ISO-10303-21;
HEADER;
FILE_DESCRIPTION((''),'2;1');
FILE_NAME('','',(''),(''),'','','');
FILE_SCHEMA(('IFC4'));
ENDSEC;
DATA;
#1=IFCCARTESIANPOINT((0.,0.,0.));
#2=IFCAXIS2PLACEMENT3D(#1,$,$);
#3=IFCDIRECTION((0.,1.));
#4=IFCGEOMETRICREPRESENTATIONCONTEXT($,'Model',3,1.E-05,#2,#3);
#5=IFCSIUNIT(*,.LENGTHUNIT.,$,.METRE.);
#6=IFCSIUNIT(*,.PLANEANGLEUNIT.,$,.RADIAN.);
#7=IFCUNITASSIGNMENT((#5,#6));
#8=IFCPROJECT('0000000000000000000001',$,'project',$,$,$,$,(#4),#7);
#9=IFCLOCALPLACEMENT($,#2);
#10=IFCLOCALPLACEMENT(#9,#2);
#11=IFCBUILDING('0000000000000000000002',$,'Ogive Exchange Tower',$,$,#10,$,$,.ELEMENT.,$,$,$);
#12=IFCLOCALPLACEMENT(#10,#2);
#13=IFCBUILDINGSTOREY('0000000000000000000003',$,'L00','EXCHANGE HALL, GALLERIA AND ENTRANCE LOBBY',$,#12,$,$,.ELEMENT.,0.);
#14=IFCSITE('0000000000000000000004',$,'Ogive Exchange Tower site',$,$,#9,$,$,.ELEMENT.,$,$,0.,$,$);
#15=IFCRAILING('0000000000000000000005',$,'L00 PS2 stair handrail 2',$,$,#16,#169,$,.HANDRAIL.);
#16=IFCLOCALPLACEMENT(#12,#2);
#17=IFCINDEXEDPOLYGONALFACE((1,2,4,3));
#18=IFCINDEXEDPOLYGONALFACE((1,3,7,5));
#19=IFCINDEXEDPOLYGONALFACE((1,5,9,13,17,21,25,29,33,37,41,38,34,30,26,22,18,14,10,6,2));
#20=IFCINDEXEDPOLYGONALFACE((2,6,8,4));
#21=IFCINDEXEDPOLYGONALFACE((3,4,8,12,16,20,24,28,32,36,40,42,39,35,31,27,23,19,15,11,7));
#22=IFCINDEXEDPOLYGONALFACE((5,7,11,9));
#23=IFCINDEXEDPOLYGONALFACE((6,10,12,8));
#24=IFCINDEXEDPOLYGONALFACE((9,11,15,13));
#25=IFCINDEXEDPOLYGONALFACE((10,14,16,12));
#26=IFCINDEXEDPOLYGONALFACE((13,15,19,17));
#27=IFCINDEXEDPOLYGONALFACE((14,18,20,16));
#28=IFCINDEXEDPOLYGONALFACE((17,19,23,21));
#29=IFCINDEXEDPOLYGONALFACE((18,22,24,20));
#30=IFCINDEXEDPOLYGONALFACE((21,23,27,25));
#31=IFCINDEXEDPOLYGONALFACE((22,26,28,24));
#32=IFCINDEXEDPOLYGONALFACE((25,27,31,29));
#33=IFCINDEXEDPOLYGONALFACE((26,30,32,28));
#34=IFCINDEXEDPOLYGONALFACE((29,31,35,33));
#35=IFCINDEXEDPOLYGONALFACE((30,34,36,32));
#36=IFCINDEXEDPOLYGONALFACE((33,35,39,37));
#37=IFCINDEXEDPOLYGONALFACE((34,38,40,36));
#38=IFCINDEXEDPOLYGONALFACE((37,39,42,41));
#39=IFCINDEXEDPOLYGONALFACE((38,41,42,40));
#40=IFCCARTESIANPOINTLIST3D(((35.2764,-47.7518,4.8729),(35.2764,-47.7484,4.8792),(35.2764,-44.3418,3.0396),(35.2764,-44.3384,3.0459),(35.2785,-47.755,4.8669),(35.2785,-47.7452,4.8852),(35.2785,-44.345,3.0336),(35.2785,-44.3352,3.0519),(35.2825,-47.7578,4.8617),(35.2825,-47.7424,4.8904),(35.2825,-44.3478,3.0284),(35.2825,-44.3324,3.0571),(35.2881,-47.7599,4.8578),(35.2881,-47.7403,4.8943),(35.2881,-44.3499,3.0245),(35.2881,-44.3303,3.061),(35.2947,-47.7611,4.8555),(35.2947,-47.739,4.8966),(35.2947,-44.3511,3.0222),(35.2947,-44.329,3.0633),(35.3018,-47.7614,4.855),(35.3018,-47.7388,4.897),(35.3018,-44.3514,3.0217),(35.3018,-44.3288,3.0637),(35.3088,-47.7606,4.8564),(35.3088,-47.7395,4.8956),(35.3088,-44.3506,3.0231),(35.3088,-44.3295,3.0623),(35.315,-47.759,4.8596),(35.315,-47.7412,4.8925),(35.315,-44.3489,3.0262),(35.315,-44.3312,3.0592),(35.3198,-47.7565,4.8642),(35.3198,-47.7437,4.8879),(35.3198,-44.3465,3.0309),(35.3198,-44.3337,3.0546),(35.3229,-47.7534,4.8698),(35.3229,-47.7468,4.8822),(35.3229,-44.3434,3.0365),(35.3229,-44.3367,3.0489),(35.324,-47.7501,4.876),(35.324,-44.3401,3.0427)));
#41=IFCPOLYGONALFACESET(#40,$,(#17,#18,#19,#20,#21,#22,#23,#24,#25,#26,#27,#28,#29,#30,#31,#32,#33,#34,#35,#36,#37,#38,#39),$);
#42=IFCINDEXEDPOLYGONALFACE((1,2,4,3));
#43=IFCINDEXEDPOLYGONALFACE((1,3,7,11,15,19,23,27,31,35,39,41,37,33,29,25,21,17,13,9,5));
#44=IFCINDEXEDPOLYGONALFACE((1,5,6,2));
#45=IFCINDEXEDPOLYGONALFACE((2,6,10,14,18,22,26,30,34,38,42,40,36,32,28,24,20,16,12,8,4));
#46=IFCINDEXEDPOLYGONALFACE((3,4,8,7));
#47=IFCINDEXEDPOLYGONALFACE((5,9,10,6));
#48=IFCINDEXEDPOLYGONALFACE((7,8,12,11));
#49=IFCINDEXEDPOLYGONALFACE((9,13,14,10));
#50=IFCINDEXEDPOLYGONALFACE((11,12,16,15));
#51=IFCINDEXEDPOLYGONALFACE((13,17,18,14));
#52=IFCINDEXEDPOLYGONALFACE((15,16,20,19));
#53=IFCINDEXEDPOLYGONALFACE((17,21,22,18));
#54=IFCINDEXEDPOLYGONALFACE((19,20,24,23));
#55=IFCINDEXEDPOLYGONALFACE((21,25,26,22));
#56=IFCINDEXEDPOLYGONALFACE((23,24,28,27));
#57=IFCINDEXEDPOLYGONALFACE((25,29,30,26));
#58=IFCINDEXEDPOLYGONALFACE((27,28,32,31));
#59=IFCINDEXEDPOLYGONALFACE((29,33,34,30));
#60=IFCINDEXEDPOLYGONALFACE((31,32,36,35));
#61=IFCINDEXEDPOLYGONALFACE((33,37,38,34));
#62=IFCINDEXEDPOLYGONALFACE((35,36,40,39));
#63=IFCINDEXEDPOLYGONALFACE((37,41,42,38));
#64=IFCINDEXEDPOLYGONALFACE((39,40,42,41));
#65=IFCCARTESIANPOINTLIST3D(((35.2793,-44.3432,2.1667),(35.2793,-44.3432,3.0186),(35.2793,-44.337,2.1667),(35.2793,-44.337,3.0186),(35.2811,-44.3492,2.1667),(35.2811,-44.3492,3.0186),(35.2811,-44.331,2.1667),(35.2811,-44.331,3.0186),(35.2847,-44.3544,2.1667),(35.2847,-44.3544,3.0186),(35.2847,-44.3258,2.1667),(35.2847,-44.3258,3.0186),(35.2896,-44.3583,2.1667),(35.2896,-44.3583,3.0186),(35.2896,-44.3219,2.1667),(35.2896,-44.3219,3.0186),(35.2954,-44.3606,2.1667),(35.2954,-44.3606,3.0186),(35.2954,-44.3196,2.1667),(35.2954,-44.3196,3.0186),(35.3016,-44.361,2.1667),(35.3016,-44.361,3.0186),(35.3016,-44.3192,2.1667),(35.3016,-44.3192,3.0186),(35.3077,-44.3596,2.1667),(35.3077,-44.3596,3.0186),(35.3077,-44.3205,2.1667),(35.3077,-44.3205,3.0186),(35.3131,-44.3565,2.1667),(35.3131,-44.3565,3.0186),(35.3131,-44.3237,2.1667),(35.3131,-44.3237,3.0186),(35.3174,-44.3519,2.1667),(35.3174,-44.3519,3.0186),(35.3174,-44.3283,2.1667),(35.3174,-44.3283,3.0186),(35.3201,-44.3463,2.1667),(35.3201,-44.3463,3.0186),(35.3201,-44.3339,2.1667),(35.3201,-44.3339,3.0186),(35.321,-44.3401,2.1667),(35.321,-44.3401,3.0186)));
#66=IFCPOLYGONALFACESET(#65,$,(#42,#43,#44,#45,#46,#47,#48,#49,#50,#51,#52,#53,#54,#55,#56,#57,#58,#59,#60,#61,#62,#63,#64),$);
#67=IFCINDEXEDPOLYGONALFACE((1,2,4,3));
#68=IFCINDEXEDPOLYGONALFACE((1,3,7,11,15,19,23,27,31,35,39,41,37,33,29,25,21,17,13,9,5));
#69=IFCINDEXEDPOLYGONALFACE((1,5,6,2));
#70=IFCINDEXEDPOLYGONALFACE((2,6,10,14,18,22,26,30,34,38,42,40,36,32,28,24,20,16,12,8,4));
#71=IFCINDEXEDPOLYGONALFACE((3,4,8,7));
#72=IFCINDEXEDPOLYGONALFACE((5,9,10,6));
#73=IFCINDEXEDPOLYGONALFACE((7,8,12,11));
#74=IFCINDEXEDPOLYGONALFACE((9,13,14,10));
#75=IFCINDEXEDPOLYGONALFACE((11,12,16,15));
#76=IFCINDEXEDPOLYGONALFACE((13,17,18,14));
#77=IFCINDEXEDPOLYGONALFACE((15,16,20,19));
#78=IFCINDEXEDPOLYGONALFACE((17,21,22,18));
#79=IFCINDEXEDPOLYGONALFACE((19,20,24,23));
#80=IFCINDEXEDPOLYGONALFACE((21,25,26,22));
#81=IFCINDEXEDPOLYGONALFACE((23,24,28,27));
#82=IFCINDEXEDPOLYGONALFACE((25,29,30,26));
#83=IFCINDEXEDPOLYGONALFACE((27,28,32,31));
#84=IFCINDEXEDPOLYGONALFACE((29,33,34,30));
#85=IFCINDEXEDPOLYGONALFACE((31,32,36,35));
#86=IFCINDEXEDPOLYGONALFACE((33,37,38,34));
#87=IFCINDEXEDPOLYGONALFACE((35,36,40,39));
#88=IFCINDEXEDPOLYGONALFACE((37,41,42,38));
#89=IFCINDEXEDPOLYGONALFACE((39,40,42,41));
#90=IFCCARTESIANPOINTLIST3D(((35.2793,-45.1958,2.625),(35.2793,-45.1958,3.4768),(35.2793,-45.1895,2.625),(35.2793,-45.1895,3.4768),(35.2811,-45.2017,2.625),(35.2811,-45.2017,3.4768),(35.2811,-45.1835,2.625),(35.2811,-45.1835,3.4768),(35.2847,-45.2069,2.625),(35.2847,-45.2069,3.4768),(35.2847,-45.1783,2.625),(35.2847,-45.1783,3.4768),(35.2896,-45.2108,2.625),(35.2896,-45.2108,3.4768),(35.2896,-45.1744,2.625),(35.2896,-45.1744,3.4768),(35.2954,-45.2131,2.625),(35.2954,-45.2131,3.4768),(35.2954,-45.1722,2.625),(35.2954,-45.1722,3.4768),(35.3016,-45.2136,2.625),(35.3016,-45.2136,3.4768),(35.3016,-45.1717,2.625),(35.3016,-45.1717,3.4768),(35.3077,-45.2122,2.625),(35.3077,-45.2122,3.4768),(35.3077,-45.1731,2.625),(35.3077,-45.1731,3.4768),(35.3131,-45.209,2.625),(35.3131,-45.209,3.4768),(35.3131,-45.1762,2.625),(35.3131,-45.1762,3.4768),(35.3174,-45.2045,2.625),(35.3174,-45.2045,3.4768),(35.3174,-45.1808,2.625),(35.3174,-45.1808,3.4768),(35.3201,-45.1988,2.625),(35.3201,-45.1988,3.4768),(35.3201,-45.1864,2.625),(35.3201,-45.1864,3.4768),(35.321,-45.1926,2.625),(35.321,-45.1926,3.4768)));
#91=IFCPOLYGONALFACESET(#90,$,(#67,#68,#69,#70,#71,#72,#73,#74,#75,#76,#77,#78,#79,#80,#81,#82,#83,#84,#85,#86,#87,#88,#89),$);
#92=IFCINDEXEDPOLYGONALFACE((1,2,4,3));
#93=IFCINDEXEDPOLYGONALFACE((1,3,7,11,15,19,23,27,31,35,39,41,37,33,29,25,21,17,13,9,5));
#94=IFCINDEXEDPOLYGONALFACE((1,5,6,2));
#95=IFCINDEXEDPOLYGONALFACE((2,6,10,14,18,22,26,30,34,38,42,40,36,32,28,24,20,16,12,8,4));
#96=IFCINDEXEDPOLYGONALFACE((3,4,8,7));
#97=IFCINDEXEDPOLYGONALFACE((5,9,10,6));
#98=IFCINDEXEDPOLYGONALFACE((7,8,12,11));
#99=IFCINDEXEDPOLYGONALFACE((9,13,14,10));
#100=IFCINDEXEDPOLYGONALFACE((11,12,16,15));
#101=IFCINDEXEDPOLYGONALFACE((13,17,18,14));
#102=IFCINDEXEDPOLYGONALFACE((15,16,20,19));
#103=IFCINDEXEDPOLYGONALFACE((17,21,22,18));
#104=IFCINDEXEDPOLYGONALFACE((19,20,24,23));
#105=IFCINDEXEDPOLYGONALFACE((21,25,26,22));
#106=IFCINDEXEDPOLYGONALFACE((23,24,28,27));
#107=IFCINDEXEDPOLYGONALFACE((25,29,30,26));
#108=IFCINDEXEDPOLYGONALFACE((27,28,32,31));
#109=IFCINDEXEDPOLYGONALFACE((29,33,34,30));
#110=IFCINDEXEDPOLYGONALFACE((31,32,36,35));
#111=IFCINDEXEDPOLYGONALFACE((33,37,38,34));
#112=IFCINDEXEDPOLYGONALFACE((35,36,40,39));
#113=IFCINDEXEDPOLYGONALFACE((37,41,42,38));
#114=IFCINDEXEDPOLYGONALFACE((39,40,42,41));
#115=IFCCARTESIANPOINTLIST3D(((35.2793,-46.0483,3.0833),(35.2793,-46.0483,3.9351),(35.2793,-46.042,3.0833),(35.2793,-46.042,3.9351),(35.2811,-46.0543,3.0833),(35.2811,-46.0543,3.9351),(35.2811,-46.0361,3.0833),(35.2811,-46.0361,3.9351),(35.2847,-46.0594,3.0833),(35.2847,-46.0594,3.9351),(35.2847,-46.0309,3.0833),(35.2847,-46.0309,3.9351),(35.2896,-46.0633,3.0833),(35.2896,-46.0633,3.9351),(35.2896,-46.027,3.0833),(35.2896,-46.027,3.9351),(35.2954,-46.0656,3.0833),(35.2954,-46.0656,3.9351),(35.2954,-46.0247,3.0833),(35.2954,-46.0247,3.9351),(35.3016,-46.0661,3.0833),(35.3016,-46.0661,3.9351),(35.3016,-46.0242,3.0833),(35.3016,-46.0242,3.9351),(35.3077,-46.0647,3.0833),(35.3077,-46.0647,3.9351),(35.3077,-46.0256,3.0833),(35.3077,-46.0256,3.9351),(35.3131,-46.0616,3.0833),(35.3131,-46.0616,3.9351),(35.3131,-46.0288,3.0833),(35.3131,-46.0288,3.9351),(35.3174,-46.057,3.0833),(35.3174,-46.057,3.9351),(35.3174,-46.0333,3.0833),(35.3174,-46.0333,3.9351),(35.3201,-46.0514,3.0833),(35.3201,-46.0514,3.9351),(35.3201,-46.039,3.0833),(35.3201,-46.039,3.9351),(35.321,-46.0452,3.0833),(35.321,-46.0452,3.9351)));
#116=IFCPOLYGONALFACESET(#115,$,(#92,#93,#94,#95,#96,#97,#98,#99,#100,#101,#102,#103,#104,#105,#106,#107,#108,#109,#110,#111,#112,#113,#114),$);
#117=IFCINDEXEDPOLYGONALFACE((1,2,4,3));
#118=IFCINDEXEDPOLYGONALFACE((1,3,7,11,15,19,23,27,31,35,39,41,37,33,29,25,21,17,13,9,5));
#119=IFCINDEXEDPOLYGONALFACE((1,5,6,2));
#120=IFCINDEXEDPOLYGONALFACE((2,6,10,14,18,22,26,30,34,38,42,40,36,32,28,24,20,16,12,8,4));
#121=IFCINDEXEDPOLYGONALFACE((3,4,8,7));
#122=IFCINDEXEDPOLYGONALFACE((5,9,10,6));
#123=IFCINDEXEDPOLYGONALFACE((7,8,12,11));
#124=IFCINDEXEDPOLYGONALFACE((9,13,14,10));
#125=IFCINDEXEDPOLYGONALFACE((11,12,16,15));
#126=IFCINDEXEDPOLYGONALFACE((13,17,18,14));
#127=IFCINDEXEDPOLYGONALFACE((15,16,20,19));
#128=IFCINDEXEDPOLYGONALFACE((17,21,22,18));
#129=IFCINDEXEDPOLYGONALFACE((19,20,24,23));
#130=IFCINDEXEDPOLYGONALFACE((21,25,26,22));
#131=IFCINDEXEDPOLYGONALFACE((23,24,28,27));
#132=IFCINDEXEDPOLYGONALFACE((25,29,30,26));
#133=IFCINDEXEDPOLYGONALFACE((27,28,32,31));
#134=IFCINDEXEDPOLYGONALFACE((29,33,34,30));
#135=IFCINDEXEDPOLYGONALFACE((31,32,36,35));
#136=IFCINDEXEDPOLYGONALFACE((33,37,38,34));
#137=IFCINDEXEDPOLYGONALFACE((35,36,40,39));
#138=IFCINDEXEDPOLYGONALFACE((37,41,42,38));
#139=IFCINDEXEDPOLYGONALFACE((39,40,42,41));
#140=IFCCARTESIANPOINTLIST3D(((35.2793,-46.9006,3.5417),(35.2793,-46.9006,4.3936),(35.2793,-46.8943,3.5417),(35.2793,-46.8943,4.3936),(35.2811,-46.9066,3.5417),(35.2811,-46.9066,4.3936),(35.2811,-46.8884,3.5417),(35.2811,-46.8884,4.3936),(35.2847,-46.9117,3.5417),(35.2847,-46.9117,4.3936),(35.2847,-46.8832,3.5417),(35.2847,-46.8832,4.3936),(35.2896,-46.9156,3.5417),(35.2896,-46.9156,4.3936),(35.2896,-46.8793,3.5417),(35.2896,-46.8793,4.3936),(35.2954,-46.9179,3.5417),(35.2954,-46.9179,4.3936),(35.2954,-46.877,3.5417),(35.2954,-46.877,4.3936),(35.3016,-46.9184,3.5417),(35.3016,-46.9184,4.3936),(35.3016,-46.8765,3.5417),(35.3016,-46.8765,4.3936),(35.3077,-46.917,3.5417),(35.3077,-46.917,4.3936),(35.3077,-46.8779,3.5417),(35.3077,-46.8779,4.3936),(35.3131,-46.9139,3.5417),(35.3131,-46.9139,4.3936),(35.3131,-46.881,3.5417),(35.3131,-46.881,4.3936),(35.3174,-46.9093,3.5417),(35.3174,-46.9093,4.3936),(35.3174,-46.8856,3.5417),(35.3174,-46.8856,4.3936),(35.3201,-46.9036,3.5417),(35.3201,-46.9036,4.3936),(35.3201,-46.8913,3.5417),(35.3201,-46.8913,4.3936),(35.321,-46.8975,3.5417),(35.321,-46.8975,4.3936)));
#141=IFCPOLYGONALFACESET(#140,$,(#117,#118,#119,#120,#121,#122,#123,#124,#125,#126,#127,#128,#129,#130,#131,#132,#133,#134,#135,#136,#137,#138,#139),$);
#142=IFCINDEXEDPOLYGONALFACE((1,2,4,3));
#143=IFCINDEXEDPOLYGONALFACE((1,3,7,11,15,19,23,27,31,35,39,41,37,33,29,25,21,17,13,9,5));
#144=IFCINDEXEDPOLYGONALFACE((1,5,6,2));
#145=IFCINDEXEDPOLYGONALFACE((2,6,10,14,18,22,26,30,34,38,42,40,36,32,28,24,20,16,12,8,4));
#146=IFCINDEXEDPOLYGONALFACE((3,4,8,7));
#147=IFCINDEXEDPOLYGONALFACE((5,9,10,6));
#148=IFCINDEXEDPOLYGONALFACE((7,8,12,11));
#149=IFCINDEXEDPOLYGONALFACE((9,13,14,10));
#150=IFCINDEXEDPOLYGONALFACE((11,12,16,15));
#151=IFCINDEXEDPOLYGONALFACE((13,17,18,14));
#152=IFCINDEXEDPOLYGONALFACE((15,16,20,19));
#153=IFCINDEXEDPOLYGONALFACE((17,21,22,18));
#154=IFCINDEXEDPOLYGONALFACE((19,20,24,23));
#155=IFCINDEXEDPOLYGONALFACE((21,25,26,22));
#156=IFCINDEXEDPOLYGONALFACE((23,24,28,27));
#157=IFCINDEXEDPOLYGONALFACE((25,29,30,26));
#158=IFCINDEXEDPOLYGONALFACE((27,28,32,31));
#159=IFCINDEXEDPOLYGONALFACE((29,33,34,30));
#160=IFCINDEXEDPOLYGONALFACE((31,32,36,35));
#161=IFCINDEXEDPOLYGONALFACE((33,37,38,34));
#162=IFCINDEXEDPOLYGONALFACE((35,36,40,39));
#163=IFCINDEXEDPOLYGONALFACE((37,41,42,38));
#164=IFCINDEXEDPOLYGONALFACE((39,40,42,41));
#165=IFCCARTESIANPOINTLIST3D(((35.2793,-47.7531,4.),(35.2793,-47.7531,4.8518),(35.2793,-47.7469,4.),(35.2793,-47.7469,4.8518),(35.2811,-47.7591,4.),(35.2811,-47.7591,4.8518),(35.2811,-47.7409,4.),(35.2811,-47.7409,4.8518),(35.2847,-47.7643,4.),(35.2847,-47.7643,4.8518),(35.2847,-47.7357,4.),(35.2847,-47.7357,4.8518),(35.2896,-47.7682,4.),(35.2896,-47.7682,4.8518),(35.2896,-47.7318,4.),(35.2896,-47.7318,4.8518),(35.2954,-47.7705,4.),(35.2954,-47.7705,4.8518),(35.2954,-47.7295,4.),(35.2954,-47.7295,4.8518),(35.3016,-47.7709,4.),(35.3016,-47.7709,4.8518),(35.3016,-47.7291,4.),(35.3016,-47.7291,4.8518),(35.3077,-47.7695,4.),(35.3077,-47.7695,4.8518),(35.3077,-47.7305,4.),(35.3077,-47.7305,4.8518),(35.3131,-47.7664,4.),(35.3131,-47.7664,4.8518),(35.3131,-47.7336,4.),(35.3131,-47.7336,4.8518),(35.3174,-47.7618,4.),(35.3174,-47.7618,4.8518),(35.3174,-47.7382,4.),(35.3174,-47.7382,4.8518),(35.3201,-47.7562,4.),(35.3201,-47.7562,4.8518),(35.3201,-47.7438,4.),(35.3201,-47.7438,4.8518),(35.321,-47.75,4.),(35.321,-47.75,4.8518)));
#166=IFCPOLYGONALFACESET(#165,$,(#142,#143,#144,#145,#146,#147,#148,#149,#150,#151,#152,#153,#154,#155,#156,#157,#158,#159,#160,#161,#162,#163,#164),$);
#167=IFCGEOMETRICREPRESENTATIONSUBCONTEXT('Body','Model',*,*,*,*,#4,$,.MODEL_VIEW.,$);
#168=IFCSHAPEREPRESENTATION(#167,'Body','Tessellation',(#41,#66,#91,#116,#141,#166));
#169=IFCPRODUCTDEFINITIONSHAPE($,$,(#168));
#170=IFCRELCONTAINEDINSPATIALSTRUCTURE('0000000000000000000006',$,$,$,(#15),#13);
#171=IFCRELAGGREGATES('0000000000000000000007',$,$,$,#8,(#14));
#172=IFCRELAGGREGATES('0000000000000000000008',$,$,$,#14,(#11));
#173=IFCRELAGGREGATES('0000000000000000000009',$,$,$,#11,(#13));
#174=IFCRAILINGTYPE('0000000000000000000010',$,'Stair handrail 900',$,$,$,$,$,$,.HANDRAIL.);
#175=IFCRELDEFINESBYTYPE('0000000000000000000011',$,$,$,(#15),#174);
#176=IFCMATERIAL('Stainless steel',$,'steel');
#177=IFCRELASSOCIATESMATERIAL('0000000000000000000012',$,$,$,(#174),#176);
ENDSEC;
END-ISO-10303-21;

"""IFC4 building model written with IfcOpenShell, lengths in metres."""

from ifc_helpers import new_model, si_unit, direction, frame, origin, origin_2d, place, context, subcontext, project, spatial, circle, extrude, material, type_object, element, save


model = new_model("IFC4")

# Units and contexts
model_context = context("Model", 3, precision=1e-05, world=origin(), true_north=direction((0.0, 1.0)))
body_context = subcontext(model_context, "Body", "Model", "MODEL_VIEW")
ifc_project = project(units=[si_unit("LENGTHUNIT", "METRE"), si_unit("PLANEANGLEUNIT", "RADIAN")], contexts=[model_context])

# Site, building, storey
site_placement = place(None, origin())
site = spatial("IfcSite", under=ifc_project, at=site_placement, Name="Ogive Exchange Tower site", CompositionType="ELEMENT", RefElevation=0.0)
building_placement = place(site_placement, origin())
building = spatial("IfcBuilding", under=site, at=building_placement, Name="Ogive Exchange Tower", CompositionType="ELEMENT")
storey_placement = place(building_placement, origin())
storey = spatial("IfcBuildingStorey", under=building, at=storey_placement, Name="L00", Description="EXCHANGE HALL, GALLERIA AND ENTRANCE LOBBY", CompositionType="ELEMENT", Elevation=0.0)

# Railing
ifc_material_1 = material(Name="Stainless steel", Category="steel")
railing_type = type_object("IfcRailingType", Name="Stair handrail 900", PredefinedType="HANDRAIL", material=ifc_material_1)
railing_1_placement = place(storey_placement, frame((35.3, -44.3401, 2.1667)))
element("IfcRailing", 1, at=railing_1_placement, inside=storey, type_object=railing_type, Name="L00 PS2 stair handrail 2", PredefinedType="HANDRAIL", context=body_context, shape_type="SweptSolid", body=[
    extrude(circle(Radius=0.0239, at=origin_2d()), frame((0.0, 0.0, 0.876), z_axis=(0.0, -0.880779, 0.473528), x_axis=(1.0, 0.0, 0.0)), (0.0, 0.0, 1.0), 3.8716),
    extrude(circle(Radius=0.021, at=origin_2d()), origin(), (0.0, 0.0, 1.0), 0.8518),
    extrude(circle(Radius=0.021, at=origin_2d()), frame((0.0, -0.8525, 0.4583)), (0.0, 0.0, 1.0), 0.8518),
    extrude(circle(Radius=0.021, at=origin_2d()), frame((0.0, -1.7051, 0.9165)), (0.0, 0.0, 1.0), 0.8518),
    extrude(circle(Radius=0.021, at=origin_2d()), frame((0.0, -2.5574, 1.375)), (0.0, 0.0, 1.0), 0.8518),
    extrude(circle(Radius=0.021, at=origin_2d()), frame((0.0, -3.4099, 1.8333)), (0.0, 0.0, 1.0), 0.8518),
])

save(model, "model.ifc")
